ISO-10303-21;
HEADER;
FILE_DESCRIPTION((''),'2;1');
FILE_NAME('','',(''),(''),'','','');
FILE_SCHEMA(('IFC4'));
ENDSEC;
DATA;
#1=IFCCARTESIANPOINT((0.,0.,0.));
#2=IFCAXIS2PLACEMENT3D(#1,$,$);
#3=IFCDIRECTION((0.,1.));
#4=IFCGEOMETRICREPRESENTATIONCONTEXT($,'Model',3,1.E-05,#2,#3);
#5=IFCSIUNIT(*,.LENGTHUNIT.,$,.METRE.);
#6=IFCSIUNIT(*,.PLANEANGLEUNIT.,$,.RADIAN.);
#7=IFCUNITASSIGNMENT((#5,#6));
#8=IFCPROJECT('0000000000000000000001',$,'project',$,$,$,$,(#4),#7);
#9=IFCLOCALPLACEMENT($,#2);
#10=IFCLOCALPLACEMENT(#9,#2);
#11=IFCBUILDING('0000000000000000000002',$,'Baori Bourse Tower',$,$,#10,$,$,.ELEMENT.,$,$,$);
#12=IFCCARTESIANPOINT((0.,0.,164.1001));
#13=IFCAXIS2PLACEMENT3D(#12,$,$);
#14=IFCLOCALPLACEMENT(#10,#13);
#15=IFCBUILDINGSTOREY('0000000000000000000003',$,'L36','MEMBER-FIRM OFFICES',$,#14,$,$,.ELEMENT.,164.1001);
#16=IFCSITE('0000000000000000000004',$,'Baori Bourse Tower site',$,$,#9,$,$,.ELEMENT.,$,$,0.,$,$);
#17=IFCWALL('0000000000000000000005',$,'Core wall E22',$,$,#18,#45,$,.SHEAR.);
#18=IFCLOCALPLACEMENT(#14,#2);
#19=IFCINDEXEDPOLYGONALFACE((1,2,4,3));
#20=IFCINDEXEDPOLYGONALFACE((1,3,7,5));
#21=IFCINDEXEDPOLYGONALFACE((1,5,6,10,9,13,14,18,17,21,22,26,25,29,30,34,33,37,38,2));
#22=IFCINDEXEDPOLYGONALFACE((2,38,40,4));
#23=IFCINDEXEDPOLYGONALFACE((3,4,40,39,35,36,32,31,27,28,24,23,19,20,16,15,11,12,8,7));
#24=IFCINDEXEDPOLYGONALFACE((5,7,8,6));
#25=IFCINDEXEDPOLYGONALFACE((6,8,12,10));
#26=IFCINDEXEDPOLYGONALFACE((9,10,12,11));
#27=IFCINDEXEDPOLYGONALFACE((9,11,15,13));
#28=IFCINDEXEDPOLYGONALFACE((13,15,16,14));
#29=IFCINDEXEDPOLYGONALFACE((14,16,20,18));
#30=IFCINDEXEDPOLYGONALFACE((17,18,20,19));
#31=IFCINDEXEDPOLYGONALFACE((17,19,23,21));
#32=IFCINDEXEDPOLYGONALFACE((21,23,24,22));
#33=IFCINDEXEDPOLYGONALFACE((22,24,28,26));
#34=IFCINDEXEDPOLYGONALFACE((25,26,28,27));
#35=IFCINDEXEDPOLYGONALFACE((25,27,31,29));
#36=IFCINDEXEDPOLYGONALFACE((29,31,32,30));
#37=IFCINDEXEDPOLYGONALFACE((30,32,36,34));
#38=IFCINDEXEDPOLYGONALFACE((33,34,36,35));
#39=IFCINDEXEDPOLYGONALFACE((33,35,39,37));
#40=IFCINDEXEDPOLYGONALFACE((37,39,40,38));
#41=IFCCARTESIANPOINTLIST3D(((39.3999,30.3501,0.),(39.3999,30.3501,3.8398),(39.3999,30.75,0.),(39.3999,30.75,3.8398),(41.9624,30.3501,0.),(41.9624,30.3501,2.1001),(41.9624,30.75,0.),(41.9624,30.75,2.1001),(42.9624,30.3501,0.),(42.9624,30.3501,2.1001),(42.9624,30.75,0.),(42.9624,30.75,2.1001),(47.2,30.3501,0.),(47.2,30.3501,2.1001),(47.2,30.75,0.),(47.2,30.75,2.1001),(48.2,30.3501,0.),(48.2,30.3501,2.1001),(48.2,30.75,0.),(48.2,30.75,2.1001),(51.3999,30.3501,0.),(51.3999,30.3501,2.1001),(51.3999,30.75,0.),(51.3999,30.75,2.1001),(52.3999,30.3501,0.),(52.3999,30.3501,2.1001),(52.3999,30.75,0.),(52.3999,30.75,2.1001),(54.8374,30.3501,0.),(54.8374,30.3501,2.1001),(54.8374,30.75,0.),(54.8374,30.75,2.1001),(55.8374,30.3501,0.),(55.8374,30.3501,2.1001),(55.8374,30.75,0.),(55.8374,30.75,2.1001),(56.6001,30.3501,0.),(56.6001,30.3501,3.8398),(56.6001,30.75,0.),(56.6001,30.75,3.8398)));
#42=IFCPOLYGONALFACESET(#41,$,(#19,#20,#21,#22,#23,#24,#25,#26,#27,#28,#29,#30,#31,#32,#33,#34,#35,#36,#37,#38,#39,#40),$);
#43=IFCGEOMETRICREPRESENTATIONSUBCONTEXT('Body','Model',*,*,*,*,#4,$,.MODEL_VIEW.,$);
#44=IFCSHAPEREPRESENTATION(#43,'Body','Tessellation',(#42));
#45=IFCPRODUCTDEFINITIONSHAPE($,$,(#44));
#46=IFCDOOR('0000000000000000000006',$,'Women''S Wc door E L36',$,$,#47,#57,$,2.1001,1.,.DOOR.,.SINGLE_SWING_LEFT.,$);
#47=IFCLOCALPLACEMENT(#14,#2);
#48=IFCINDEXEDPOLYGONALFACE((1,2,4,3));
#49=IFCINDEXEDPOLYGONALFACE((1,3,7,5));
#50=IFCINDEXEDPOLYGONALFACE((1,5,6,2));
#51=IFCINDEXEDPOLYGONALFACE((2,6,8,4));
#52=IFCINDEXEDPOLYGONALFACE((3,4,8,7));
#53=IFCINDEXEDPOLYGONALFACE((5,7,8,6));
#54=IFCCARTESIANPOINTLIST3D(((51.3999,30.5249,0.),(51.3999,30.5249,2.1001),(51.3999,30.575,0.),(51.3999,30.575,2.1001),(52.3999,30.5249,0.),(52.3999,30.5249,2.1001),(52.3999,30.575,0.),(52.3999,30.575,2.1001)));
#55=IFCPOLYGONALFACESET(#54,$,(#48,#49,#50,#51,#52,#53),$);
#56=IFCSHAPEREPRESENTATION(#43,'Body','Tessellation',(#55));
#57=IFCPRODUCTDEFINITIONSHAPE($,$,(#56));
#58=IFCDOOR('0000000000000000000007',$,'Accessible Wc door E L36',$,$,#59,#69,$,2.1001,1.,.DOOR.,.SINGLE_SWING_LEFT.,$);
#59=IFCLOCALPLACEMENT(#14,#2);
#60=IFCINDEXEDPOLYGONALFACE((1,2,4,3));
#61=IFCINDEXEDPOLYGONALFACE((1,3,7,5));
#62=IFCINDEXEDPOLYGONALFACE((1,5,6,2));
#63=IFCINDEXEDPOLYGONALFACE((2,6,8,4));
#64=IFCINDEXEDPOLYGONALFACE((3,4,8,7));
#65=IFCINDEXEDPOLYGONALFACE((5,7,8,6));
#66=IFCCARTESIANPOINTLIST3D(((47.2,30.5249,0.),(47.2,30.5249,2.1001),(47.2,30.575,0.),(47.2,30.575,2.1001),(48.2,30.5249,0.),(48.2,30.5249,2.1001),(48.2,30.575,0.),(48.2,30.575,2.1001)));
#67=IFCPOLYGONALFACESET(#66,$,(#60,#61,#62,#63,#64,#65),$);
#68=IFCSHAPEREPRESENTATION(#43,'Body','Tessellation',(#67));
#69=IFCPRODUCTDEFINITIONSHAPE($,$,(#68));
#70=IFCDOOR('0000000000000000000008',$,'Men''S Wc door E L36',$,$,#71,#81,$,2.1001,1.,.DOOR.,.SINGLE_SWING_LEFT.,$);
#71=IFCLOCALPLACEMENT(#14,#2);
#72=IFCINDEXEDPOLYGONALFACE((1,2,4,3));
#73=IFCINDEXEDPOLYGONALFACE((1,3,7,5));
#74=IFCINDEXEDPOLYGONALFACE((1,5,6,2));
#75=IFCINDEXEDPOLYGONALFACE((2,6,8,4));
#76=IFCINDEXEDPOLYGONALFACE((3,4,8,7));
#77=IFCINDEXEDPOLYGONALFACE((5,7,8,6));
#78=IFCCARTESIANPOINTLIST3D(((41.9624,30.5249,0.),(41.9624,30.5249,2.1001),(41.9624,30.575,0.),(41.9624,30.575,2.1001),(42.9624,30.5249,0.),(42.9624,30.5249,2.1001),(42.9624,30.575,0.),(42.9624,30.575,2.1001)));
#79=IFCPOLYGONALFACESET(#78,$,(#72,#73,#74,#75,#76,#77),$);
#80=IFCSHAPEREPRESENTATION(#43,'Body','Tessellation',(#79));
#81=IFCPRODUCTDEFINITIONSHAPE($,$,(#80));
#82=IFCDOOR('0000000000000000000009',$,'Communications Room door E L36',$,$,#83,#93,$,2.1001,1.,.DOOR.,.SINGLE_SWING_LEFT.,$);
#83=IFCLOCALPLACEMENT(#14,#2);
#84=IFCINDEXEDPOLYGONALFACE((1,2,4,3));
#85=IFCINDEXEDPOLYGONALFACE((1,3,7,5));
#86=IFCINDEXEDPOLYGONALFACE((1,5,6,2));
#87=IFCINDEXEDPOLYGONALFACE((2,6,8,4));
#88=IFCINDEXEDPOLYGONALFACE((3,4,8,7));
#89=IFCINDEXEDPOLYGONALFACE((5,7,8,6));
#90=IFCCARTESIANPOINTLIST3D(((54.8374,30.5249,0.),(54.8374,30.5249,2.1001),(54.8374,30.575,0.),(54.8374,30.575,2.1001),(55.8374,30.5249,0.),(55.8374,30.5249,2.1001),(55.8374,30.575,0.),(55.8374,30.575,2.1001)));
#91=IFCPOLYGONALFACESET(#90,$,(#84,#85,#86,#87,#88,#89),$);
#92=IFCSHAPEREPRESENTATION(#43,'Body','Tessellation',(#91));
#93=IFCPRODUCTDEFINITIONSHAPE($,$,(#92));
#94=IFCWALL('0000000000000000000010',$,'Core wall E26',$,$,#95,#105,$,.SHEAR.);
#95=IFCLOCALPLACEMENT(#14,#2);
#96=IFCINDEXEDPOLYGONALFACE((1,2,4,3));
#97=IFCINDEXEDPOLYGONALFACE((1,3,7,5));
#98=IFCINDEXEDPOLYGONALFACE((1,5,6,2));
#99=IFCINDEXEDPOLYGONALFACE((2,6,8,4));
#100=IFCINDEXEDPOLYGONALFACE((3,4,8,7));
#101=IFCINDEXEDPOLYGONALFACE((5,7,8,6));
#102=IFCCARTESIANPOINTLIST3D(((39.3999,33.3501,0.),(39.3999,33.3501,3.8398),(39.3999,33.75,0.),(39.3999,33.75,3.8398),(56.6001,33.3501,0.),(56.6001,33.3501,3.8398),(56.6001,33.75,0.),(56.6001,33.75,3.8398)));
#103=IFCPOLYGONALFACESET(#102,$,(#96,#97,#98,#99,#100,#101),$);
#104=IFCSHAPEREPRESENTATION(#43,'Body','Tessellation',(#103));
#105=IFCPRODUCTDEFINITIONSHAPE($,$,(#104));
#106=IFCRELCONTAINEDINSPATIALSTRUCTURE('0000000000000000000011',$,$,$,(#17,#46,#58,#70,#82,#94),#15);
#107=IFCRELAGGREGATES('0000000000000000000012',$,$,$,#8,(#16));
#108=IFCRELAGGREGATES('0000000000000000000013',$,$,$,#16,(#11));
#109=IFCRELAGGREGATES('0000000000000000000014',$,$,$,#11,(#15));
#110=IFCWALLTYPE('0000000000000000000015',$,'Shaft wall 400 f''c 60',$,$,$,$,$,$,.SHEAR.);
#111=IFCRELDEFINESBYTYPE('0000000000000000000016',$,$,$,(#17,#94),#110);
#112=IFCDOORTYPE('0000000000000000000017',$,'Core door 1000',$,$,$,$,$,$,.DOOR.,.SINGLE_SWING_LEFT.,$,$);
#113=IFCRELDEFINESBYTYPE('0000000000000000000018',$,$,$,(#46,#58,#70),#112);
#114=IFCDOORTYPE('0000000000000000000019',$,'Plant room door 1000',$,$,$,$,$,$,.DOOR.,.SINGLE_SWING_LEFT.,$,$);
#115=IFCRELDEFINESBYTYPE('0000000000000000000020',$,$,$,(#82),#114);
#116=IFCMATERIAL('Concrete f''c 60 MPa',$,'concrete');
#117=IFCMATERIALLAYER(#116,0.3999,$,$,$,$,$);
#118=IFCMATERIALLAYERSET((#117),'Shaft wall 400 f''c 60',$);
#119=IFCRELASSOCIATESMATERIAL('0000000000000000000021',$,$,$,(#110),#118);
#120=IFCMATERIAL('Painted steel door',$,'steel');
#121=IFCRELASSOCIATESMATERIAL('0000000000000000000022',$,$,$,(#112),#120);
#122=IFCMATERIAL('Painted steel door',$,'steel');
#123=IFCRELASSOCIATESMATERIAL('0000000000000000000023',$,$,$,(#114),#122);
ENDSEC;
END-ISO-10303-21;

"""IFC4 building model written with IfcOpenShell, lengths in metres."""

from ifc_helpers import new_model, si_unit, direction, frame, frame_2d, origin, place, context, subcontext, project, spatial, rectangle, extrude, material, layer, layer_set, type_object, element, fill, save


model = new_model("IFC4")

# Units and contexts
model_context = context("Model", 3, precision=1e-05, world=origin(), true_north=direction((0.0, 1.0)))
body_context = subcontext(model_context, "Body", "Model", "MODEL_VIEW")
ifc_project = project(units=[si_unit("LENGTHUNIT", "METRE"), si_unit("PLANEANGLEUNIT", "RADIAN")], contexts=[model_context])

# Site, building, storey
site_placement = place(None, origin())
site = spatial("IfcSite", under=ifc_project, at=site_placement, Name="Baori Bourse Tower site", CompositionType="ELEMENT", RefElevation=0.0)
building_placement = place(site_placement, origin())
building = spatial("IfcBuilding", under=site, at=building_placement, Name="Baori Bourse Tower", CompositionType="ELEMENT")
storey_placement = place(building_placement, frame((0.0, 0.0, 164.1001)))
storey = spatial("IfcBuildingStorey", under=building, at=storey_placement, Name="L36", Description="MEMBER-FIRM OFFICES", CompositionType="ELEMENT", Elevation=164.1001)

# Wall, openings, doors
ifc_material_1 = material(Name="Concrete f'c 60 MPa", Category="concrete")
ifc_layer_1 = layer(ifc_material_1, 0.3999)
ifc_layer_set_1 = layer_set([ifc_layer_1], Name="Shaft wall 400 f'c 60")
wall_type_1 = type_object("IfcWallType", Name="Shaft wall 400 f'c 60", PredefinedType="SHEAR", material=ifc_layer_set_1)
wall_1_placement = place(storey_placement, frame((39.3999, 30.55, 0.0), z_axis=(0.0, 0.0, 1.0), x_axis=(1.0, 0.0, 0.0)))
wall_1 = element("IfcWall", 1, at=wall_1_placement, inside=storey, type_object=wall_type_1, Name="Core wall E22", PredefinedType="SHEAR", context=body_context, shape_type="SweptSolid", body=[
    extrude(rectangle(XDim=17.2002, YDim=0.3999, at=frame_2d((8.6001, 0.0))), origin(), (0.0, 0.0, 1.0), 3.8398),
])
opening_1_placement = place(wall_1_placement, frame((15.4375, 0.0, 0.0)))
opening_1 = element("IfcOpeningElement", 2, at=opening_1_placement, cuts=wall_1, PredefinedType="OPENING", context=body_context, shape_type="SweptSolid", body=[
    extrude(rectangle(XDim=1.0, YDim=2.1001, at=frame_2d((0.5, 1.05))), frame((0.0, 0.21, 0.0), z_axis=(0.0, -1.0, 0.0), x_axis=(1.0, 0.0, 0.0)), (0.0, 0.0, 1.0), 0.4199),
])
opening_2_placement = place(wall_1_placement, frame((12.0, 0.0, 0.0)))
opening_2 = element("IfcOpeningElement", 3, at=opening_2_placement, cuts=wall_1, PredefinedType="OPENING", context=body_context, shape_type="SweptSolid", body=[
    extrude(rectangle(XDim=1.0, YDim=2.1001, at=frame_2d((0.5, 1.05))), frame((0.0, 0.21, 0.0), z_axis=(0.0, -1.0, 0.0), x_axis=(1.0, 0.0, 0.0)), (0.0, 0.0, 1.0), 0.4199),
])
opening_3_placement = place(wall_1_placement, frame((7.8, 0.0, 0.0)))
opening_3 = element("IfcOpeningElement", 4, at=opening_3_placement, cuts=wall_1, PredefinedType="OPENING", context=body_context, shape_type="SweptSolid", body=[
    extrude(rectangle(XDim=1.0, YDim=2.1001, at=frame_2d((0.5, 1.05))), frame((0.0, 0.21, 0.0), z_axis=(0.0, -1.0, 0.0), x_axis=(1.0, 0.0, 0.0)), (0.0, 0.0, 1.0), 0.4199),
])
opening_4_placement = place(wall_1_placement, frame((2.5625, 0.0, 0.0)))
opening_4 = element("IfcOpeningElement", 5, at=opening_4_placement, cuts=wall_1, PredefinedType="OPENING", context=body_context, shape_type="SweptSolid", body=[
    extrude(rectangle(XDim=1.0, YDim=2.1001, at=frame_2d((0.5, 1.05))), frame((0.0, 0.21, 0.0), z_axis=(0.0, -1.0, 0.0), x_axis=(1.0, 0.0, 0.0)), (0.0, 0.0, 1.0), 0.4199),
])
ifc_material_2 = material(Name="Painted steel door", Category="steel")
door_type_1 = type_object("IfcDoorType", Name="Core door 1000", OperationType="SINGLE_SWING_LEFT", PredefinedType="DOOR", material=ifc_material_2)
door_1_placement = place(opening_2_placement, origin())
door_1 = element("IfcDoor", 6, at=door_1_placement, inside=storey, type_object=door_type_1, Name="Women'S Wc door E L36", OperationType="SINGLE_SWING_LEFT", OverallHeight=2.1001, OverallWidth=1.0, PredefinedType="DOOR", context=body_context, shape_type="SweptSolid", body=[
    extrude(rectangle(XDim=1.0, YDim=2.1001, at=frame_2d((0.5, 1.05))), frame((0.0, 0.0249, 0.0), z_axis=(0.0, -1.0, 0.0), x_axis=(1.0, 0.0, 0.0)), (0.0, 0.0, 1.0), 0.05),
])
fill(opening_2, door_1)
door_2_placement = place(opening_3_placement, origin())
door_2 = element("IfcDoor", 7, at=door_2_placement, inside=storey, type_object=door_type_1, Name="Accessible Wc door E L36", OperationType="SINGLE_SWING_LEFT", OverallHeight=2.1001, OverallWidth=1.0, PredefinedType="DOOR", context=body_context, shape_type="SweptSolid", body=[
    extrude(rectangle(XDim=1.0, YDim=2.1001, at=frame_2d((0.5, 1.05))), frame((0.0, 0.0249, 0.0), z_axis=(0.0, -1.0, 0.0), x_axis=(1.0, 0.0, 0.0)), (0.0, 0.0, 1.0), 0.05),
])
fill(opening_3, door_2)
door_3_placement = place(opening_4_placement, origin())
door_3 = element("IfcDoor", 8, at=door_3_placement, inside=storey, type_object=door_type_1, Name="Men'S Wc door E L36", OperationType="SINGLE_SWING_LEFT", OverallHeight=2.1001, OverallWidth=1.0, PredefinedType="DOOR", context=body_context, shape_type="SweptSolid", body=[
    extrude(rectangle(XDim=1.0, YDim=2.1001, at=frame_2d((0.5, 1.05))), frame((0.0, 0.0249, 0.0), z_axis=(0.0, -1.0, 0.0), x_axis=(1.0, 0.0, 0.0)), (0.0, 0.0, 1.0), 0.05),
])
fill(opening_4, door_3)
ifc_material_3 = material(Name="Painted steel door", Category="steel")
door_type_2 = type_object("IfcDoorType", Name="Plant room door 1000", OperationType="SINGLE_SWING_LEFT", PredefinedType="DOOR", material=ifc_material_3)
door_4_placement = place(opening_1_placement, origin())
door_4 = element("IfcDoor", 9, at=door_4_placement, inside=storey, type_object=door_type_2, Name="Communications Room door E L36", OperationType="SINGLE_SWING_LEFT", OverallHeight=2.1001, OverallWidth=1.0, PredefinedType="DOOR", context=body_context, shape_type="SweptSolid", body=[
    extrude(rectangle(XDim=1.0, YDim=2.1001, at=frame_2d((0.5, 1.05))), frame((0.0, 0.0249, 0.0), z_axis=(0.0, -1.0, 0.0), x_axis=(1.0, 0.0, 0.0)), (0.0, 0.0, 1.0), 0.05),
])
fill(opening_1, door_4)

# Wall
wall_2_placement = place(storey_placement, frame((39.3999, 33.55, 0.0), z_axis=(0.0, 0.0, 1.0), x_axis=(1.0, 0.0, 0.0)))
element("IfcWall", 10, at=wall_2_placement, inside=storey, type_object=wall_type_1, Name="Core wall E26", PredefinedType="SHEAR", context=body_context, shape_type="SweptSolid", body=[
    extrude(rectangle(XDim=17.2002, YDim=0.3999, at=frame_2d((8.6001, 0.0))), origin(), (0.0, 0.0, 1.0), 3.8398),
])

save(model, "model.ifc")
